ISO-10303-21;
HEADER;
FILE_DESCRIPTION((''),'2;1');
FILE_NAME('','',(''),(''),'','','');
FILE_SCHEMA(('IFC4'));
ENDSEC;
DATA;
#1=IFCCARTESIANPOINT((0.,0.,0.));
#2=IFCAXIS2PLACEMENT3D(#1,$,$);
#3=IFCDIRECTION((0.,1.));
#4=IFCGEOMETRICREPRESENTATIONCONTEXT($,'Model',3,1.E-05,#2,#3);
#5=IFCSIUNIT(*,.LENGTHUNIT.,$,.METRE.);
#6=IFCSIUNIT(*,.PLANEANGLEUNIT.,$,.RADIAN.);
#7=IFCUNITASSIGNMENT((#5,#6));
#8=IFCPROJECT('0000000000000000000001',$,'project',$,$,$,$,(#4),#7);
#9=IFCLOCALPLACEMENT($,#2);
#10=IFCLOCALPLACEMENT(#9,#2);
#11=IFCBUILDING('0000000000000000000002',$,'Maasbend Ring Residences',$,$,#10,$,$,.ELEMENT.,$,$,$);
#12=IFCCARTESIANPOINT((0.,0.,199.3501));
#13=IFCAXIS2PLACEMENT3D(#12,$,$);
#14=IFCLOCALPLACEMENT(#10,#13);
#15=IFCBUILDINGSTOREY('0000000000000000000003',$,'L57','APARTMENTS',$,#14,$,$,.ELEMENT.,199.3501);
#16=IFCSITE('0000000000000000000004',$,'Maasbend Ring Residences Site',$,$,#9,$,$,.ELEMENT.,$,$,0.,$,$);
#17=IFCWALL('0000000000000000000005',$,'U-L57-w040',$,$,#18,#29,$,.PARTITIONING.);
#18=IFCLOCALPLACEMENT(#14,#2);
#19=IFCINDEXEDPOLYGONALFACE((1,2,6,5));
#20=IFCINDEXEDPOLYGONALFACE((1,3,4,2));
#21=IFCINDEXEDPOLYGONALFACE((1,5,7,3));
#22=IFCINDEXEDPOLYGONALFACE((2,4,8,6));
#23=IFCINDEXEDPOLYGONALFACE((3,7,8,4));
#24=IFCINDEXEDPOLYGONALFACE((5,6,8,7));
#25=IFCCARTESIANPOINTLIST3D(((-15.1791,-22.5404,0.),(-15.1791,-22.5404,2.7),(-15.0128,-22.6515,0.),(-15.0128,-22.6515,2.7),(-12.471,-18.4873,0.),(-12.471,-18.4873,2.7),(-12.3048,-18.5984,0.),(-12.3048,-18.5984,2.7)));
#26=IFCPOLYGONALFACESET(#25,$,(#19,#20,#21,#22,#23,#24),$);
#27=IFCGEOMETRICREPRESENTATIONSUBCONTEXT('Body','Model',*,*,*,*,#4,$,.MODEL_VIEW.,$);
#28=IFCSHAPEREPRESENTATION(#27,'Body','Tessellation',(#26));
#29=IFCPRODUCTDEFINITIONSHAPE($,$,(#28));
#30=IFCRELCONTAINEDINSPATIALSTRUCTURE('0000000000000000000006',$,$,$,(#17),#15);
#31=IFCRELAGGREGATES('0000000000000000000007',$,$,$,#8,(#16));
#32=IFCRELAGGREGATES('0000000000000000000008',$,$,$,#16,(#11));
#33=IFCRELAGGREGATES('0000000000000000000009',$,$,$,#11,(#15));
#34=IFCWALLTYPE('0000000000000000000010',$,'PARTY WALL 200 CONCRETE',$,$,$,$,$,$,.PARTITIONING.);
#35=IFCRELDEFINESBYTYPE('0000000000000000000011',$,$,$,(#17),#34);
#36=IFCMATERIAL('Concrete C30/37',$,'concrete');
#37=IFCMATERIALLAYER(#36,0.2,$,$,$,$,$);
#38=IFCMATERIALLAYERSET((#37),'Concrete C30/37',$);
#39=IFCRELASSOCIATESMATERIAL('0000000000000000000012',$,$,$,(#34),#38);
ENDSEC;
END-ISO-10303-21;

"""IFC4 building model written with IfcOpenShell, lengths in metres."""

from ifc_helpers import new_model, si_unit, direction, frame, frame_2d, origin, place, context, subcontext, project, spatial, rectangle, extrude, material, layer, layer_set, type_object, element, save


model = new_model("IFC4")

# Units and contexts
model_context = context("Model", 3, precision=1e-05, world=origin(), true_north=direction((0.0, 1.0)))
body_context = subcontext(model_context, "Body", "Model", "MODEL_VIEW")
ifc_project = project(units=[si_unit("LENGTHUNIT", "METRE"), si_unit("PLANEANGLEUNIT", "RADIAN")], contexts=[model_context])

# Site, building, storey
site_placement = place(None, origin())
site = spatial("IfcSite", under=ifc_project, at=site_placement, Name="Maasbend Ring Residences Site", CompositionType="ELEMENT", RefElevation=0.0)
building_placement = place(site_placement, origin())
building = spatial("IfcBuilding", under=site, at=building_placement, Name="Maasbend Ring Residences", CompositionType="ELEMENT")
storey_placement = place(building_placement, frame((0.0, 0.0, 199.3501)))
storey = spatial("IfcBuildingStorey", under=building, at=storey_placement, Name="L57", Description="APARTMENTS", CompositionType="ELEMENT", Elevation=199.3501)

# Wall
ifc_material_1 = material(Name="Concrete C30/37", Category="concrete")
ifc_layer_1 = layer(ifc_material_1, 0.2)
ifc_layer_set_1 = layer_set([ifc_layer_1], Name="Concrete C30/37")
wall_type_1 = type_object("IfcWallType", Name="PARTY WALL 200 CONCRETE", PredefinedType="PARTITIONING", material=ifc_layer_set_1)
wall_1_placement = place(storey_placement, frame((-15.0959, -22.5959, 0.0), z_axis=(0.0, 0.0, 1.0), x_axis=(0.555555, 0.83148, 0.0)))
element("IfcWall", 1, at=wall_1_placement, inside=storey, type_object=wall_type_1, Name="U-L57-w040", PredefinedType="PARTITIONING", context=body_context, shape_type="SweptSolid", body=[
    extrude(rectangle(XDim=4.8745, YDim=0.2, at=frame_2d((2.4373, 0.0))), origin(), (0.0, 0.0, 1.0), 2.7),
])

save(model, "model.ifc")
